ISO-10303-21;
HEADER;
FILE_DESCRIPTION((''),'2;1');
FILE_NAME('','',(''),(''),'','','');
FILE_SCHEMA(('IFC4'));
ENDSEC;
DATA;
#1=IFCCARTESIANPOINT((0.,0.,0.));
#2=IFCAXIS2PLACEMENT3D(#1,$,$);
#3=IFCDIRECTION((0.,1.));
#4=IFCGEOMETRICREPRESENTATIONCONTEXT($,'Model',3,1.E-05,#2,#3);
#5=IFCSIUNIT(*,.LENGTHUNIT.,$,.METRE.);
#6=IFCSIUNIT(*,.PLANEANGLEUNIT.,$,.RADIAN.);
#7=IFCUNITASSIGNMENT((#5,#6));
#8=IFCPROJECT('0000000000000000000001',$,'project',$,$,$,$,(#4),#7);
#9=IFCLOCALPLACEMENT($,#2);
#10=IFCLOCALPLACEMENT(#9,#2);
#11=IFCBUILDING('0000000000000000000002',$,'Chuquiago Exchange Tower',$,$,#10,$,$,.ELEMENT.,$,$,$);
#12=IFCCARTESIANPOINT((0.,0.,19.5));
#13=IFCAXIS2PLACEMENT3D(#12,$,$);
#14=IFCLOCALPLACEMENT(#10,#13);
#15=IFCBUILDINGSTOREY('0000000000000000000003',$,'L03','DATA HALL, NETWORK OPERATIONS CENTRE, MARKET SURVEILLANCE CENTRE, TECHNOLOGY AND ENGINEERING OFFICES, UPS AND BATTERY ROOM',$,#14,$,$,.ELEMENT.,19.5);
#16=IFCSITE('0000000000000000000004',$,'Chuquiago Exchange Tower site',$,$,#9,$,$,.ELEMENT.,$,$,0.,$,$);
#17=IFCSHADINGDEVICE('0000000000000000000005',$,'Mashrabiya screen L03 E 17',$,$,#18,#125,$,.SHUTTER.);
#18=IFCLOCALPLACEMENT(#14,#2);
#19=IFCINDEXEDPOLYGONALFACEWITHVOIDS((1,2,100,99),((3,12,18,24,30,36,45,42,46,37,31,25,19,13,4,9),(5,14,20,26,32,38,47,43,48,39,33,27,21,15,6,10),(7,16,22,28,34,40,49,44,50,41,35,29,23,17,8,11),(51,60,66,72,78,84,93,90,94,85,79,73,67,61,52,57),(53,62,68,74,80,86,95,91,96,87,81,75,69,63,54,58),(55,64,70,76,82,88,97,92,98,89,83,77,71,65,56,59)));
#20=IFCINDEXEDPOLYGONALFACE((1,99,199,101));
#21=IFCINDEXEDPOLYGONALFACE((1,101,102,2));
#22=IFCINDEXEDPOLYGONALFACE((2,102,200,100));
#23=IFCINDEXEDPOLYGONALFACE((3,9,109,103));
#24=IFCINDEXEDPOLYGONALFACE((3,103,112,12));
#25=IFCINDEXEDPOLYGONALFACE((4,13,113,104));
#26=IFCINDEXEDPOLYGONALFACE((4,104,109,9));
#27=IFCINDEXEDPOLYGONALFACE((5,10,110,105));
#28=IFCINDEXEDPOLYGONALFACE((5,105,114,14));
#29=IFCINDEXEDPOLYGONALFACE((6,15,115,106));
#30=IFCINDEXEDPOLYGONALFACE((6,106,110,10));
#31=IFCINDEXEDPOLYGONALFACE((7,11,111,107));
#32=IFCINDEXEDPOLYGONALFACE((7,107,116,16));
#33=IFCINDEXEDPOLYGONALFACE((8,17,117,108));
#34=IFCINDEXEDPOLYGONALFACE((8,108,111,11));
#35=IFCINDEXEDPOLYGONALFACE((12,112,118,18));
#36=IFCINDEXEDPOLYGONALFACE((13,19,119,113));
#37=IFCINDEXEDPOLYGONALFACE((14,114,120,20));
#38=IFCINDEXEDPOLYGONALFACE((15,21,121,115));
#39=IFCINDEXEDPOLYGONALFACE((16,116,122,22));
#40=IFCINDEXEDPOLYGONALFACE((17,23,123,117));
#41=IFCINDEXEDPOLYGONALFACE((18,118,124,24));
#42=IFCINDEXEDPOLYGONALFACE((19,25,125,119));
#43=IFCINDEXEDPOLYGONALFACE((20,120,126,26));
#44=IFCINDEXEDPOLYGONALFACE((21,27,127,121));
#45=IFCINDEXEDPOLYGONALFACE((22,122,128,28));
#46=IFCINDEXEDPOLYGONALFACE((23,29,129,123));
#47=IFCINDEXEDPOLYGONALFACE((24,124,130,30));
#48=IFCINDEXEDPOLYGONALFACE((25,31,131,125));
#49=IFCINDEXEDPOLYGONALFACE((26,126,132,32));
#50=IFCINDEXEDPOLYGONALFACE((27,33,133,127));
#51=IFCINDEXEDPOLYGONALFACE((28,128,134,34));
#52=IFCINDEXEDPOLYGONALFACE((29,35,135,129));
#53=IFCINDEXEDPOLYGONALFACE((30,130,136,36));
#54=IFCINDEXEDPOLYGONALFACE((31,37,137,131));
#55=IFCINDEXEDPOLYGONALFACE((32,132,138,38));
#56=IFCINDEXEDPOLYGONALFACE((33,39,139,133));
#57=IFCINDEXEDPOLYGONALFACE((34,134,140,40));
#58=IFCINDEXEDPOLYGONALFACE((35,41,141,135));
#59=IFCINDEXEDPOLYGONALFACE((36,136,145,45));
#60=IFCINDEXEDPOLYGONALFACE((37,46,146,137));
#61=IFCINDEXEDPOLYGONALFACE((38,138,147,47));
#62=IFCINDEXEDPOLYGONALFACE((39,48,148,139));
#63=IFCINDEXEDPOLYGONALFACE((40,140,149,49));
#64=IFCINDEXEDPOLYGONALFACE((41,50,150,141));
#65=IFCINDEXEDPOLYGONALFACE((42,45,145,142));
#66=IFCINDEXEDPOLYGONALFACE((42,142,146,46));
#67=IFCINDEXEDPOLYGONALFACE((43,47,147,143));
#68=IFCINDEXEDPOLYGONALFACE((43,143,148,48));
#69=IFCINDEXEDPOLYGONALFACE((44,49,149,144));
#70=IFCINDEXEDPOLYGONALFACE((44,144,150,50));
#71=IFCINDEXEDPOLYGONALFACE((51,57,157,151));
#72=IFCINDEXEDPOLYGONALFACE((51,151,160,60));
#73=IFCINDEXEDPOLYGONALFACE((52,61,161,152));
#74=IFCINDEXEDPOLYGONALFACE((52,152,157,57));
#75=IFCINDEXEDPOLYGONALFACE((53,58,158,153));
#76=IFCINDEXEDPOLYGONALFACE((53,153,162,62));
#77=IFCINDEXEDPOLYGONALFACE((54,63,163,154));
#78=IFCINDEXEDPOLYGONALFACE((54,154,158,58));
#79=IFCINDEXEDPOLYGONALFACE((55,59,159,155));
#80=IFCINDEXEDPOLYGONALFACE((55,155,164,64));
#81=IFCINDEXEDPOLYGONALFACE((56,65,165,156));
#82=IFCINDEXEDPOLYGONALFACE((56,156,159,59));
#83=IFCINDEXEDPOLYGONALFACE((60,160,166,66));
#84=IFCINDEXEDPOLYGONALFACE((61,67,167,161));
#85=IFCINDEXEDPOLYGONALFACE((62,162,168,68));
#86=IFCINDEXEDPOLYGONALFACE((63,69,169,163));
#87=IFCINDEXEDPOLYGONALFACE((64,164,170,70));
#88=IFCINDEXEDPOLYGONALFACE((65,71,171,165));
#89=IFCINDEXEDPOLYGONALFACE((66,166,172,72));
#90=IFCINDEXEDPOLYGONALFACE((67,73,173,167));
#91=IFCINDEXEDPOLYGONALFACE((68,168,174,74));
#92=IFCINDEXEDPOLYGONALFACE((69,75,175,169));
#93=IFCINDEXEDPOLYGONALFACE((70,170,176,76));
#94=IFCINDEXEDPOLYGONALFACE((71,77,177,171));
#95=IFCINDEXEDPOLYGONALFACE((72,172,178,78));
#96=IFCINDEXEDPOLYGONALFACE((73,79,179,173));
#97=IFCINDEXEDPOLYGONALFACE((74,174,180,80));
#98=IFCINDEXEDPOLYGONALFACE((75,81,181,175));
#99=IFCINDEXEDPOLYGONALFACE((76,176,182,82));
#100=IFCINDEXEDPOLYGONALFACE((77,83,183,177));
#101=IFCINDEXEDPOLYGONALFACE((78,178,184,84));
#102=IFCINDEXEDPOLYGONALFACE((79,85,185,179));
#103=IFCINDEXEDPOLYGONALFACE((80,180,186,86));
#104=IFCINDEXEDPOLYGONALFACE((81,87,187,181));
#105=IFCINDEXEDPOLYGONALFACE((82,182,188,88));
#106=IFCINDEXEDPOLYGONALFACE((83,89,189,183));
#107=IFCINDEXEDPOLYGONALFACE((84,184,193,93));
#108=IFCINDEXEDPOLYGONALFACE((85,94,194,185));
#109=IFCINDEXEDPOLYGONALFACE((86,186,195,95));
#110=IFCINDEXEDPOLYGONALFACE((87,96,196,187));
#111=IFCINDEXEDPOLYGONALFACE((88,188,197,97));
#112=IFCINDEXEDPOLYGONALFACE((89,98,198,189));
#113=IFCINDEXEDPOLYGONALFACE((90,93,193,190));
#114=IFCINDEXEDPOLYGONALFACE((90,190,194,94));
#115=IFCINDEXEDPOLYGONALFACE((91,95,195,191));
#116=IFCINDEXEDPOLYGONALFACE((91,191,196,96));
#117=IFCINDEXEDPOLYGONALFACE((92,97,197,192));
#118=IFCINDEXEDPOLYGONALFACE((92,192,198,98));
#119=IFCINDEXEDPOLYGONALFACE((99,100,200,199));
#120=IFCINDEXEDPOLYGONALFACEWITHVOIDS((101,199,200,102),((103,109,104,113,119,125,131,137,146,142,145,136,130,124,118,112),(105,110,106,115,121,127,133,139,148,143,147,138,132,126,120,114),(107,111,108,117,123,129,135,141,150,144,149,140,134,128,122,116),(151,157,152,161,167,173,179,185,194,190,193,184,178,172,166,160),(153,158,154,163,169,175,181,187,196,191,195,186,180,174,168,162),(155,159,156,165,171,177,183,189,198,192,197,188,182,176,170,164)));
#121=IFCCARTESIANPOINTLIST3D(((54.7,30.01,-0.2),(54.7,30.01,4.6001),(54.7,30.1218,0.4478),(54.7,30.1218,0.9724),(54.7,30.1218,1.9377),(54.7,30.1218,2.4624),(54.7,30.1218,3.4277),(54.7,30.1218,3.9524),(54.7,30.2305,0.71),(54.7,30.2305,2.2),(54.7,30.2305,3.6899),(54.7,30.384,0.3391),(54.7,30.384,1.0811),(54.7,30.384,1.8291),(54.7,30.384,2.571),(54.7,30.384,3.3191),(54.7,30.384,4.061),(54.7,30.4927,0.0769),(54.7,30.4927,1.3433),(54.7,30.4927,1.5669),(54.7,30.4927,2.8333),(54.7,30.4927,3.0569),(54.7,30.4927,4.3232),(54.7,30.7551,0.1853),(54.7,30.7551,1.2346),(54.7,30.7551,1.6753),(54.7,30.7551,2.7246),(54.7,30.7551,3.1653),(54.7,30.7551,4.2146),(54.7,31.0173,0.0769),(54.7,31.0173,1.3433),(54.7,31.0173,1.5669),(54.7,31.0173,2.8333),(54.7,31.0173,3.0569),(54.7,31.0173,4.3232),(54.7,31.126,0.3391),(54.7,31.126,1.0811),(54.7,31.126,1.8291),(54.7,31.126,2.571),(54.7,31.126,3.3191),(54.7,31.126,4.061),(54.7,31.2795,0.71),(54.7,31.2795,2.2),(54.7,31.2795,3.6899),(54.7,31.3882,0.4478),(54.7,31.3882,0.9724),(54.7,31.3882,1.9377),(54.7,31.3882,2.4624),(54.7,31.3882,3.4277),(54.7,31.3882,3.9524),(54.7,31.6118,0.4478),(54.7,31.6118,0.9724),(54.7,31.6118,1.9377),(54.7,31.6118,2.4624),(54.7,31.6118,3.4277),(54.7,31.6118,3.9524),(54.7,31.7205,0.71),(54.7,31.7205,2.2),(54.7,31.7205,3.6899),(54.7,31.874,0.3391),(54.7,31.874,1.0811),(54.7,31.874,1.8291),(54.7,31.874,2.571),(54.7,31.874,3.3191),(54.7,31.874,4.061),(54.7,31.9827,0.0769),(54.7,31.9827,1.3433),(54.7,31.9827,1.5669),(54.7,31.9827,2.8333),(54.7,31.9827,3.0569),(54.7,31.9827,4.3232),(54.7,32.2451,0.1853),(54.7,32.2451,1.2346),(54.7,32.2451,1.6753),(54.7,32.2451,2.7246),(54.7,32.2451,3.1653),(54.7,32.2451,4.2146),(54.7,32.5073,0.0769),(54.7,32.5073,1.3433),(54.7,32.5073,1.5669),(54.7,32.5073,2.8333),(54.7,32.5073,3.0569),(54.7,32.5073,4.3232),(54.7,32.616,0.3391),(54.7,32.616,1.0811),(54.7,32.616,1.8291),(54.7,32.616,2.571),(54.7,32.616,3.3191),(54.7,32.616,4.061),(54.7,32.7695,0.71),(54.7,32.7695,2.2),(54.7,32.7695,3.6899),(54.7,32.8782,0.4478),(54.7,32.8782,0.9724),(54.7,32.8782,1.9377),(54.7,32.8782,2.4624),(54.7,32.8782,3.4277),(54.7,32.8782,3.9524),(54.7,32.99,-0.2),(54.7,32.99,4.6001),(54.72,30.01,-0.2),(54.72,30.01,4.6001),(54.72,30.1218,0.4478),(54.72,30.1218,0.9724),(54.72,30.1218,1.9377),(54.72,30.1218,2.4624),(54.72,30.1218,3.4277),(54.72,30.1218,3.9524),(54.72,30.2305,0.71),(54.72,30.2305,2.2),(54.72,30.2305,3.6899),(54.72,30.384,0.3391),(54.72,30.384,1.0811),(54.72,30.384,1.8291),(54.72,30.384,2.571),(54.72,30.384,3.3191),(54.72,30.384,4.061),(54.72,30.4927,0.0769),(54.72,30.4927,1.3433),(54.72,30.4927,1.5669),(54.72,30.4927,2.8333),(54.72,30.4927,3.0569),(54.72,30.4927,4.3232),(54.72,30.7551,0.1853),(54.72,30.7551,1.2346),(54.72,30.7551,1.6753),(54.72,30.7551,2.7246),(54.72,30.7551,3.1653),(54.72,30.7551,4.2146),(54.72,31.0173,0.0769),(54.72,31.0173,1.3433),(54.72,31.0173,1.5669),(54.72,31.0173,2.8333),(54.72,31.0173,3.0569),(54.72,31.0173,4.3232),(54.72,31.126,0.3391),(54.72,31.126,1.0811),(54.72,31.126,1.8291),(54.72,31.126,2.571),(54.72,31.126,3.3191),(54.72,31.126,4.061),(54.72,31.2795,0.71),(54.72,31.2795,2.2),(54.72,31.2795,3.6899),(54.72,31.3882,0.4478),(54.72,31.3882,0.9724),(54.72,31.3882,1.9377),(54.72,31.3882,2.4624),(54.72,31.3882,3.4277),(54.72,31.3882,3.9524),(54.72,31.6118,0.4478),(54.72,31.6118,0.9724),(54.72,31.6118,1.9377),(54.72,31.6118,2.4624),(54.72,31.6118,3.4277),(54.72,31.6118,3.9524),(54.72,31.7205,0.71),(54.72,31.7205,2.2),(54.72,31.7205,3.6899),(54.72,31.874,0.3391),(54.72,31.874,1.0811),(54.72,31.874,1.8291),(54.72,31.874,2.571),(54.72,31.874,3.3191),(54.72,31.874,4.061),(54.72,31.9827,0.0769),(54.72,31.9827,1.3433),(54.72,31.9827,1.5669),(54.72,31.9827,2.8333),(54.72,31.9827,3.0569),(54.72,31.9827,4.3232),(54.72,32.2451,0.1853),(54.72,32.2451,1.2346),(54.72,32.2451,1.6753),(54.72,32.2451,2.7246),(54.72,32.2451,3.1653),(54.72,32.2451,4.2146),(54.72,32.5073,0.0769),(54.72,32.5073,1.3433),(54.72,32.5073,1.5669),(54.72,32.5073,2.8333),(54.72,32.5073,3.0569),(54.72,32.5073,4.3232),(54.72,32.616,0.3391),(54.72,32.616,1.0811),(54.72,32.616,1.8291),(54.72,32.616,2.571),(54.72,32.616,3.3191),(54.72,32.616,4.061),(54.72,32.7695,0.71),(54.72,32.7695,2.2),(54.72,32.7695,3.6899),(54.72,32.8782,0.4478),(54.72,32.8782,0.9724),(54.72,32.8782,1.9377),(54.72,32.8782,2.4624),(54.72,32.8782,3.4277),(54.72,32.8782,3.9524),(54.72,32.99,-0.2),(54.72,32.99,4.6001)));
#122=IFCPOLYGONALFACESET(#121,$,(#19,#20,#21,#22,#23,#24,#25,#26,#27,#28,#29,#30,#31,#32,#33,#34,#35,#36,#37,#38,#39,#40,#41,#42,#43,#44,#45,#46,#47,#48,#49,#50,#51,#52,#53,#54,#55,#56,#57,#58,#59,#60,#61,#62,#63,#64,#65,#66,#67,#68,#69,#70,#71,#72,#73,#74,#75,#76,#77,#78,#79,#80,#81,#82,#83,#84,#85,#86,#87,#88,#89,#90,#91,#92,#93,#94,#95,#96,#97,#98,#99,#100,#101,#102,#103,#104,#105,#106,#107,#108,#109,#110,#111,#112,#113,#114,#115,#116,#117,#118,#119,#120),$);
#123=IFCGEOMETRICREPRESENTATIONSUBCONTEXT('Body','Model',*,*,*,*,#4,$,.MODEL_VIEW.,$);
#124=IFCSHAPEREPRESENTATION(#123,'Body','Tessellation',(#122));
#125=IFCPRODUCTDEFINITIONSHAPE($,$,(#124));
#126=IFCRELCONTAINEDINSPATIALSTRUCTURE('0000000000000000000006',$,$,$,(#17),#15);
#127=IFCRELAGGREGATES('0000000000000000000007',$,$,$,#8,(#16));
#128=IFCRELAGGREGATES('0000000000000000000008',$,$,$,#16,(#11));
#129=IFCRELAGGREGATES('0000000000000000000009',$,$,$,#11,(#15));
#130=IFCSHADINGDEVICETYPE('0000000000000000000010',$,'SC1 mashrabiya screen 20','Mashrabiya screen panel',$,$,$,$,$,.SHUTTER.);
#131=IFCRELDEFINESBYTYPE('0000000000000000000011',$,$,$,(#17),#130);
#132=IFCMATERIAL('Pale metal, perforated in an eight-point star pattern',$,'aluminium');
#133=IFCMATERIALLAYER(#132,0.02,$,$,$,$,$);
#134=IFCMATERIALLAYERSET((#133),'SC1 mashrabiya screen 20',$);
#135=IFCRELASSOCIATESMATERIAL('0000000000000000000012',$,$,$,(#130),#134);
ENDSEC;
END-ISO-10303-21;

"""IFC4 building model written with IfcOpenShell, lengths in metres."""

from ifc_helpers import new_model, si_unit, direction, frame, origin, place, context, subcontext, project, spatial, polyline, outline, extrude, material, layer, layer_set, type_object, element, save


model = new_model("IFC4")

# Units and contexts
model_context = context("Model", 3, precision=1e-05, world=origin(), true_north=direction((0.0, 1.0)))
body_context = subcontext(model_context, "Body", "Model", "MODEL_VIEW")
ifc_project = project(units=[si_unit("LENGTHUNIT", "METRE"), si_unit("PLANEANGLEUNIT", "RADIAN")], contexts=[model_context])

# Site, building, storey
site_placement = place(None, origin())
site = spatial("IfcSite", under=ifc_project, at=site_placement, Name="Chuquiago Exchange Tower site", CompositionType="ELEMENT", RefElevation=0.0)
building_placement = place(site_placement, origin())
building = spatial("IfcBuilding", under=site, at=building_placement, Name="Chuquiago Exchange Tower", CompositionType="ELEMENT")
storey_placement = place(building_placement, frame((0.0, 0.0, 19.5)))
storey = spatial("IfcBuildingStorey", under=building, at=storey_placement, Name="L03", Description="DATA HALL, NETWORK OPERATIONS CENTRE, MARKET SURVEILLANCE CENTRE, TECHNOLOGY AND ENGINEERING OFFICES, UPS AND BATTERY ROOM", CompositionType="ELEMENT", Elevation=19.5)

# Shading device
ifc_material_1 = material(Name="Pale metal, perforated in an eight-point star pattern", Category="aluminium")
ifc_layer_1 = layer(ifc_material_1, 0.02)
ifc_layer_set_1 = layer_set([ifc_layer_1], Name="SC1 mashrabiya screen 20")
shading_device_type = type_object("IfcShadingDeviceType", Name="SC1 mashrabiya screen 20", Description="Mashrabiya screen panel", PredefinedType="SHUTTER", material=ifc_layer_set_1)
shading_device_1_placement = place(storey_placement, frame((54.7, 30.01, -0.2), z_axis=(0.0, 0.0, 1.0), x_axis=(0.0, 1.0, 0.0)))
element("IfcShadingDevice", 1, at=shading_device_1_placement, inside=storey, type_object=shading_device_type, Name="Mashrabiya screen L03 E 17", PredefinedType="SHUTTER", context=body_context, shape_type="SweptSolid", body=[
    extrude(outline(polyline([(0.0, 0.0), (2.98, 0.0), (2.98, 4.8), (0.0, 4.8), (0.0, 0.0)]), holes=[polyline([(1.2695, 0.9099), (1.3782, 1.1724), (1.116, 1.281), (1.0073, 1.5432), (0.7451, 1.4346), (0.4827, 1.5432), (0.374, 1.281), (0.1118, 1.1724), (0.2205, 0.9099), (0.1118, 0.6477), (0.374, 0.5391), (0.4827, 0.2769), (0.7451, 0.3853), (1.0073, 0.2769), (1.116, 0.5391), (1.3782, 0.6477), (1.2695, 0.9099)]), polyline([(2.7595, 0.9099), (2.8682, 1.1724), (2.606, 1.281), (2.4973, 1.5432), (2.2351, 1.4346), (1.9727, 1.5432), (1.864, 1.281), (1.6018, 1.1724), (1.7104, 0.9099), (1.6018, 0.6477), (1.864, 0.5391), (1.9727, 0.2769), (2.2351, 0.3853), (2.4973, 0.2769), (2.606, 0.5391), (2.8682, 0.6477), (2.7595, 0.9099)]), polyline([(1.2695, 2.3999), (1.3782, 2.6624), (1.116, 2.771), (1.0073, 3.0332), (0.7451, 2.9246), (0.4827, 3.0332), (0.374, 2.771), (0.1118, 2.6624), (0.2205, 2.3999), (0.1118, 2.1377), (0.374, 2.0291), (0.4827, 1.7668), (0.7451, 1.8752), (1.0073, 1.7668), (1.116, 2.0291), (1.3782, 2.1377), (1.2695, 2.3999)]), polyline([(2.7595, 2.3999), (2.8682, 2.6624), (2.606, 2.771), (2.4973, 3.0332), (2.2351, 2.9246), (1.9727, 3.0332), (1.864, 2.771), (1.6018, 2.6624), (1.7104, 2.3999), (1.6018, 2.1377), (1.864, 2.0291), (1.9727, 1.7668), (2.2351, 1.8752), (2.4973, 1.7668), (2.606, 2.0291), (2.8682, 2.1377), (2.7595, 2.3999)]), polyline([(1.2695, 3.8899), (1.3782, 4.1523), (1.116, 4.261), (1.0073, 4.5232), (0.7451, 4.4146), (0.4827, 4.5232), (0.374, 4.261), (0.1118, 4.1523), (0.2205, 3.8899), (0.1118, 3.6277), (0.374, 3.519), (0.4827, 3.2568), (0.7451, 3.3652), (1.0073, 3.2568), (1.116, 3.519), (1.3782, 3.6277), (1.2695, 3.8899)]), polyline([(2.7595, 3.8899), (2.8682, 4.1523), (2.606, 4.261), (2.4973, 4.5232), (2.2351, 4.4146), (1.9727, 4.5232), (1.864, 4.261), (1.6018, 4.1523), (1.7104, 3.8899), (1.6018, 3.6277), (1.864, 3.519), (1.9727, 3.2568), (2.2351, 3.3652), (2.4973, 3.2568), (2.606, 3.519), (2.8682, 3.6277), (2.7595, 3.8899)])]), frame((0.0, 0.0, 0.0), z_axis=(0.0, -1.0, 0.0), x_axis=(1.0, 0.0, 0.0)), (0.0, 0.0, 1.0), 0.02),
])

save(model, "model.ifc")
